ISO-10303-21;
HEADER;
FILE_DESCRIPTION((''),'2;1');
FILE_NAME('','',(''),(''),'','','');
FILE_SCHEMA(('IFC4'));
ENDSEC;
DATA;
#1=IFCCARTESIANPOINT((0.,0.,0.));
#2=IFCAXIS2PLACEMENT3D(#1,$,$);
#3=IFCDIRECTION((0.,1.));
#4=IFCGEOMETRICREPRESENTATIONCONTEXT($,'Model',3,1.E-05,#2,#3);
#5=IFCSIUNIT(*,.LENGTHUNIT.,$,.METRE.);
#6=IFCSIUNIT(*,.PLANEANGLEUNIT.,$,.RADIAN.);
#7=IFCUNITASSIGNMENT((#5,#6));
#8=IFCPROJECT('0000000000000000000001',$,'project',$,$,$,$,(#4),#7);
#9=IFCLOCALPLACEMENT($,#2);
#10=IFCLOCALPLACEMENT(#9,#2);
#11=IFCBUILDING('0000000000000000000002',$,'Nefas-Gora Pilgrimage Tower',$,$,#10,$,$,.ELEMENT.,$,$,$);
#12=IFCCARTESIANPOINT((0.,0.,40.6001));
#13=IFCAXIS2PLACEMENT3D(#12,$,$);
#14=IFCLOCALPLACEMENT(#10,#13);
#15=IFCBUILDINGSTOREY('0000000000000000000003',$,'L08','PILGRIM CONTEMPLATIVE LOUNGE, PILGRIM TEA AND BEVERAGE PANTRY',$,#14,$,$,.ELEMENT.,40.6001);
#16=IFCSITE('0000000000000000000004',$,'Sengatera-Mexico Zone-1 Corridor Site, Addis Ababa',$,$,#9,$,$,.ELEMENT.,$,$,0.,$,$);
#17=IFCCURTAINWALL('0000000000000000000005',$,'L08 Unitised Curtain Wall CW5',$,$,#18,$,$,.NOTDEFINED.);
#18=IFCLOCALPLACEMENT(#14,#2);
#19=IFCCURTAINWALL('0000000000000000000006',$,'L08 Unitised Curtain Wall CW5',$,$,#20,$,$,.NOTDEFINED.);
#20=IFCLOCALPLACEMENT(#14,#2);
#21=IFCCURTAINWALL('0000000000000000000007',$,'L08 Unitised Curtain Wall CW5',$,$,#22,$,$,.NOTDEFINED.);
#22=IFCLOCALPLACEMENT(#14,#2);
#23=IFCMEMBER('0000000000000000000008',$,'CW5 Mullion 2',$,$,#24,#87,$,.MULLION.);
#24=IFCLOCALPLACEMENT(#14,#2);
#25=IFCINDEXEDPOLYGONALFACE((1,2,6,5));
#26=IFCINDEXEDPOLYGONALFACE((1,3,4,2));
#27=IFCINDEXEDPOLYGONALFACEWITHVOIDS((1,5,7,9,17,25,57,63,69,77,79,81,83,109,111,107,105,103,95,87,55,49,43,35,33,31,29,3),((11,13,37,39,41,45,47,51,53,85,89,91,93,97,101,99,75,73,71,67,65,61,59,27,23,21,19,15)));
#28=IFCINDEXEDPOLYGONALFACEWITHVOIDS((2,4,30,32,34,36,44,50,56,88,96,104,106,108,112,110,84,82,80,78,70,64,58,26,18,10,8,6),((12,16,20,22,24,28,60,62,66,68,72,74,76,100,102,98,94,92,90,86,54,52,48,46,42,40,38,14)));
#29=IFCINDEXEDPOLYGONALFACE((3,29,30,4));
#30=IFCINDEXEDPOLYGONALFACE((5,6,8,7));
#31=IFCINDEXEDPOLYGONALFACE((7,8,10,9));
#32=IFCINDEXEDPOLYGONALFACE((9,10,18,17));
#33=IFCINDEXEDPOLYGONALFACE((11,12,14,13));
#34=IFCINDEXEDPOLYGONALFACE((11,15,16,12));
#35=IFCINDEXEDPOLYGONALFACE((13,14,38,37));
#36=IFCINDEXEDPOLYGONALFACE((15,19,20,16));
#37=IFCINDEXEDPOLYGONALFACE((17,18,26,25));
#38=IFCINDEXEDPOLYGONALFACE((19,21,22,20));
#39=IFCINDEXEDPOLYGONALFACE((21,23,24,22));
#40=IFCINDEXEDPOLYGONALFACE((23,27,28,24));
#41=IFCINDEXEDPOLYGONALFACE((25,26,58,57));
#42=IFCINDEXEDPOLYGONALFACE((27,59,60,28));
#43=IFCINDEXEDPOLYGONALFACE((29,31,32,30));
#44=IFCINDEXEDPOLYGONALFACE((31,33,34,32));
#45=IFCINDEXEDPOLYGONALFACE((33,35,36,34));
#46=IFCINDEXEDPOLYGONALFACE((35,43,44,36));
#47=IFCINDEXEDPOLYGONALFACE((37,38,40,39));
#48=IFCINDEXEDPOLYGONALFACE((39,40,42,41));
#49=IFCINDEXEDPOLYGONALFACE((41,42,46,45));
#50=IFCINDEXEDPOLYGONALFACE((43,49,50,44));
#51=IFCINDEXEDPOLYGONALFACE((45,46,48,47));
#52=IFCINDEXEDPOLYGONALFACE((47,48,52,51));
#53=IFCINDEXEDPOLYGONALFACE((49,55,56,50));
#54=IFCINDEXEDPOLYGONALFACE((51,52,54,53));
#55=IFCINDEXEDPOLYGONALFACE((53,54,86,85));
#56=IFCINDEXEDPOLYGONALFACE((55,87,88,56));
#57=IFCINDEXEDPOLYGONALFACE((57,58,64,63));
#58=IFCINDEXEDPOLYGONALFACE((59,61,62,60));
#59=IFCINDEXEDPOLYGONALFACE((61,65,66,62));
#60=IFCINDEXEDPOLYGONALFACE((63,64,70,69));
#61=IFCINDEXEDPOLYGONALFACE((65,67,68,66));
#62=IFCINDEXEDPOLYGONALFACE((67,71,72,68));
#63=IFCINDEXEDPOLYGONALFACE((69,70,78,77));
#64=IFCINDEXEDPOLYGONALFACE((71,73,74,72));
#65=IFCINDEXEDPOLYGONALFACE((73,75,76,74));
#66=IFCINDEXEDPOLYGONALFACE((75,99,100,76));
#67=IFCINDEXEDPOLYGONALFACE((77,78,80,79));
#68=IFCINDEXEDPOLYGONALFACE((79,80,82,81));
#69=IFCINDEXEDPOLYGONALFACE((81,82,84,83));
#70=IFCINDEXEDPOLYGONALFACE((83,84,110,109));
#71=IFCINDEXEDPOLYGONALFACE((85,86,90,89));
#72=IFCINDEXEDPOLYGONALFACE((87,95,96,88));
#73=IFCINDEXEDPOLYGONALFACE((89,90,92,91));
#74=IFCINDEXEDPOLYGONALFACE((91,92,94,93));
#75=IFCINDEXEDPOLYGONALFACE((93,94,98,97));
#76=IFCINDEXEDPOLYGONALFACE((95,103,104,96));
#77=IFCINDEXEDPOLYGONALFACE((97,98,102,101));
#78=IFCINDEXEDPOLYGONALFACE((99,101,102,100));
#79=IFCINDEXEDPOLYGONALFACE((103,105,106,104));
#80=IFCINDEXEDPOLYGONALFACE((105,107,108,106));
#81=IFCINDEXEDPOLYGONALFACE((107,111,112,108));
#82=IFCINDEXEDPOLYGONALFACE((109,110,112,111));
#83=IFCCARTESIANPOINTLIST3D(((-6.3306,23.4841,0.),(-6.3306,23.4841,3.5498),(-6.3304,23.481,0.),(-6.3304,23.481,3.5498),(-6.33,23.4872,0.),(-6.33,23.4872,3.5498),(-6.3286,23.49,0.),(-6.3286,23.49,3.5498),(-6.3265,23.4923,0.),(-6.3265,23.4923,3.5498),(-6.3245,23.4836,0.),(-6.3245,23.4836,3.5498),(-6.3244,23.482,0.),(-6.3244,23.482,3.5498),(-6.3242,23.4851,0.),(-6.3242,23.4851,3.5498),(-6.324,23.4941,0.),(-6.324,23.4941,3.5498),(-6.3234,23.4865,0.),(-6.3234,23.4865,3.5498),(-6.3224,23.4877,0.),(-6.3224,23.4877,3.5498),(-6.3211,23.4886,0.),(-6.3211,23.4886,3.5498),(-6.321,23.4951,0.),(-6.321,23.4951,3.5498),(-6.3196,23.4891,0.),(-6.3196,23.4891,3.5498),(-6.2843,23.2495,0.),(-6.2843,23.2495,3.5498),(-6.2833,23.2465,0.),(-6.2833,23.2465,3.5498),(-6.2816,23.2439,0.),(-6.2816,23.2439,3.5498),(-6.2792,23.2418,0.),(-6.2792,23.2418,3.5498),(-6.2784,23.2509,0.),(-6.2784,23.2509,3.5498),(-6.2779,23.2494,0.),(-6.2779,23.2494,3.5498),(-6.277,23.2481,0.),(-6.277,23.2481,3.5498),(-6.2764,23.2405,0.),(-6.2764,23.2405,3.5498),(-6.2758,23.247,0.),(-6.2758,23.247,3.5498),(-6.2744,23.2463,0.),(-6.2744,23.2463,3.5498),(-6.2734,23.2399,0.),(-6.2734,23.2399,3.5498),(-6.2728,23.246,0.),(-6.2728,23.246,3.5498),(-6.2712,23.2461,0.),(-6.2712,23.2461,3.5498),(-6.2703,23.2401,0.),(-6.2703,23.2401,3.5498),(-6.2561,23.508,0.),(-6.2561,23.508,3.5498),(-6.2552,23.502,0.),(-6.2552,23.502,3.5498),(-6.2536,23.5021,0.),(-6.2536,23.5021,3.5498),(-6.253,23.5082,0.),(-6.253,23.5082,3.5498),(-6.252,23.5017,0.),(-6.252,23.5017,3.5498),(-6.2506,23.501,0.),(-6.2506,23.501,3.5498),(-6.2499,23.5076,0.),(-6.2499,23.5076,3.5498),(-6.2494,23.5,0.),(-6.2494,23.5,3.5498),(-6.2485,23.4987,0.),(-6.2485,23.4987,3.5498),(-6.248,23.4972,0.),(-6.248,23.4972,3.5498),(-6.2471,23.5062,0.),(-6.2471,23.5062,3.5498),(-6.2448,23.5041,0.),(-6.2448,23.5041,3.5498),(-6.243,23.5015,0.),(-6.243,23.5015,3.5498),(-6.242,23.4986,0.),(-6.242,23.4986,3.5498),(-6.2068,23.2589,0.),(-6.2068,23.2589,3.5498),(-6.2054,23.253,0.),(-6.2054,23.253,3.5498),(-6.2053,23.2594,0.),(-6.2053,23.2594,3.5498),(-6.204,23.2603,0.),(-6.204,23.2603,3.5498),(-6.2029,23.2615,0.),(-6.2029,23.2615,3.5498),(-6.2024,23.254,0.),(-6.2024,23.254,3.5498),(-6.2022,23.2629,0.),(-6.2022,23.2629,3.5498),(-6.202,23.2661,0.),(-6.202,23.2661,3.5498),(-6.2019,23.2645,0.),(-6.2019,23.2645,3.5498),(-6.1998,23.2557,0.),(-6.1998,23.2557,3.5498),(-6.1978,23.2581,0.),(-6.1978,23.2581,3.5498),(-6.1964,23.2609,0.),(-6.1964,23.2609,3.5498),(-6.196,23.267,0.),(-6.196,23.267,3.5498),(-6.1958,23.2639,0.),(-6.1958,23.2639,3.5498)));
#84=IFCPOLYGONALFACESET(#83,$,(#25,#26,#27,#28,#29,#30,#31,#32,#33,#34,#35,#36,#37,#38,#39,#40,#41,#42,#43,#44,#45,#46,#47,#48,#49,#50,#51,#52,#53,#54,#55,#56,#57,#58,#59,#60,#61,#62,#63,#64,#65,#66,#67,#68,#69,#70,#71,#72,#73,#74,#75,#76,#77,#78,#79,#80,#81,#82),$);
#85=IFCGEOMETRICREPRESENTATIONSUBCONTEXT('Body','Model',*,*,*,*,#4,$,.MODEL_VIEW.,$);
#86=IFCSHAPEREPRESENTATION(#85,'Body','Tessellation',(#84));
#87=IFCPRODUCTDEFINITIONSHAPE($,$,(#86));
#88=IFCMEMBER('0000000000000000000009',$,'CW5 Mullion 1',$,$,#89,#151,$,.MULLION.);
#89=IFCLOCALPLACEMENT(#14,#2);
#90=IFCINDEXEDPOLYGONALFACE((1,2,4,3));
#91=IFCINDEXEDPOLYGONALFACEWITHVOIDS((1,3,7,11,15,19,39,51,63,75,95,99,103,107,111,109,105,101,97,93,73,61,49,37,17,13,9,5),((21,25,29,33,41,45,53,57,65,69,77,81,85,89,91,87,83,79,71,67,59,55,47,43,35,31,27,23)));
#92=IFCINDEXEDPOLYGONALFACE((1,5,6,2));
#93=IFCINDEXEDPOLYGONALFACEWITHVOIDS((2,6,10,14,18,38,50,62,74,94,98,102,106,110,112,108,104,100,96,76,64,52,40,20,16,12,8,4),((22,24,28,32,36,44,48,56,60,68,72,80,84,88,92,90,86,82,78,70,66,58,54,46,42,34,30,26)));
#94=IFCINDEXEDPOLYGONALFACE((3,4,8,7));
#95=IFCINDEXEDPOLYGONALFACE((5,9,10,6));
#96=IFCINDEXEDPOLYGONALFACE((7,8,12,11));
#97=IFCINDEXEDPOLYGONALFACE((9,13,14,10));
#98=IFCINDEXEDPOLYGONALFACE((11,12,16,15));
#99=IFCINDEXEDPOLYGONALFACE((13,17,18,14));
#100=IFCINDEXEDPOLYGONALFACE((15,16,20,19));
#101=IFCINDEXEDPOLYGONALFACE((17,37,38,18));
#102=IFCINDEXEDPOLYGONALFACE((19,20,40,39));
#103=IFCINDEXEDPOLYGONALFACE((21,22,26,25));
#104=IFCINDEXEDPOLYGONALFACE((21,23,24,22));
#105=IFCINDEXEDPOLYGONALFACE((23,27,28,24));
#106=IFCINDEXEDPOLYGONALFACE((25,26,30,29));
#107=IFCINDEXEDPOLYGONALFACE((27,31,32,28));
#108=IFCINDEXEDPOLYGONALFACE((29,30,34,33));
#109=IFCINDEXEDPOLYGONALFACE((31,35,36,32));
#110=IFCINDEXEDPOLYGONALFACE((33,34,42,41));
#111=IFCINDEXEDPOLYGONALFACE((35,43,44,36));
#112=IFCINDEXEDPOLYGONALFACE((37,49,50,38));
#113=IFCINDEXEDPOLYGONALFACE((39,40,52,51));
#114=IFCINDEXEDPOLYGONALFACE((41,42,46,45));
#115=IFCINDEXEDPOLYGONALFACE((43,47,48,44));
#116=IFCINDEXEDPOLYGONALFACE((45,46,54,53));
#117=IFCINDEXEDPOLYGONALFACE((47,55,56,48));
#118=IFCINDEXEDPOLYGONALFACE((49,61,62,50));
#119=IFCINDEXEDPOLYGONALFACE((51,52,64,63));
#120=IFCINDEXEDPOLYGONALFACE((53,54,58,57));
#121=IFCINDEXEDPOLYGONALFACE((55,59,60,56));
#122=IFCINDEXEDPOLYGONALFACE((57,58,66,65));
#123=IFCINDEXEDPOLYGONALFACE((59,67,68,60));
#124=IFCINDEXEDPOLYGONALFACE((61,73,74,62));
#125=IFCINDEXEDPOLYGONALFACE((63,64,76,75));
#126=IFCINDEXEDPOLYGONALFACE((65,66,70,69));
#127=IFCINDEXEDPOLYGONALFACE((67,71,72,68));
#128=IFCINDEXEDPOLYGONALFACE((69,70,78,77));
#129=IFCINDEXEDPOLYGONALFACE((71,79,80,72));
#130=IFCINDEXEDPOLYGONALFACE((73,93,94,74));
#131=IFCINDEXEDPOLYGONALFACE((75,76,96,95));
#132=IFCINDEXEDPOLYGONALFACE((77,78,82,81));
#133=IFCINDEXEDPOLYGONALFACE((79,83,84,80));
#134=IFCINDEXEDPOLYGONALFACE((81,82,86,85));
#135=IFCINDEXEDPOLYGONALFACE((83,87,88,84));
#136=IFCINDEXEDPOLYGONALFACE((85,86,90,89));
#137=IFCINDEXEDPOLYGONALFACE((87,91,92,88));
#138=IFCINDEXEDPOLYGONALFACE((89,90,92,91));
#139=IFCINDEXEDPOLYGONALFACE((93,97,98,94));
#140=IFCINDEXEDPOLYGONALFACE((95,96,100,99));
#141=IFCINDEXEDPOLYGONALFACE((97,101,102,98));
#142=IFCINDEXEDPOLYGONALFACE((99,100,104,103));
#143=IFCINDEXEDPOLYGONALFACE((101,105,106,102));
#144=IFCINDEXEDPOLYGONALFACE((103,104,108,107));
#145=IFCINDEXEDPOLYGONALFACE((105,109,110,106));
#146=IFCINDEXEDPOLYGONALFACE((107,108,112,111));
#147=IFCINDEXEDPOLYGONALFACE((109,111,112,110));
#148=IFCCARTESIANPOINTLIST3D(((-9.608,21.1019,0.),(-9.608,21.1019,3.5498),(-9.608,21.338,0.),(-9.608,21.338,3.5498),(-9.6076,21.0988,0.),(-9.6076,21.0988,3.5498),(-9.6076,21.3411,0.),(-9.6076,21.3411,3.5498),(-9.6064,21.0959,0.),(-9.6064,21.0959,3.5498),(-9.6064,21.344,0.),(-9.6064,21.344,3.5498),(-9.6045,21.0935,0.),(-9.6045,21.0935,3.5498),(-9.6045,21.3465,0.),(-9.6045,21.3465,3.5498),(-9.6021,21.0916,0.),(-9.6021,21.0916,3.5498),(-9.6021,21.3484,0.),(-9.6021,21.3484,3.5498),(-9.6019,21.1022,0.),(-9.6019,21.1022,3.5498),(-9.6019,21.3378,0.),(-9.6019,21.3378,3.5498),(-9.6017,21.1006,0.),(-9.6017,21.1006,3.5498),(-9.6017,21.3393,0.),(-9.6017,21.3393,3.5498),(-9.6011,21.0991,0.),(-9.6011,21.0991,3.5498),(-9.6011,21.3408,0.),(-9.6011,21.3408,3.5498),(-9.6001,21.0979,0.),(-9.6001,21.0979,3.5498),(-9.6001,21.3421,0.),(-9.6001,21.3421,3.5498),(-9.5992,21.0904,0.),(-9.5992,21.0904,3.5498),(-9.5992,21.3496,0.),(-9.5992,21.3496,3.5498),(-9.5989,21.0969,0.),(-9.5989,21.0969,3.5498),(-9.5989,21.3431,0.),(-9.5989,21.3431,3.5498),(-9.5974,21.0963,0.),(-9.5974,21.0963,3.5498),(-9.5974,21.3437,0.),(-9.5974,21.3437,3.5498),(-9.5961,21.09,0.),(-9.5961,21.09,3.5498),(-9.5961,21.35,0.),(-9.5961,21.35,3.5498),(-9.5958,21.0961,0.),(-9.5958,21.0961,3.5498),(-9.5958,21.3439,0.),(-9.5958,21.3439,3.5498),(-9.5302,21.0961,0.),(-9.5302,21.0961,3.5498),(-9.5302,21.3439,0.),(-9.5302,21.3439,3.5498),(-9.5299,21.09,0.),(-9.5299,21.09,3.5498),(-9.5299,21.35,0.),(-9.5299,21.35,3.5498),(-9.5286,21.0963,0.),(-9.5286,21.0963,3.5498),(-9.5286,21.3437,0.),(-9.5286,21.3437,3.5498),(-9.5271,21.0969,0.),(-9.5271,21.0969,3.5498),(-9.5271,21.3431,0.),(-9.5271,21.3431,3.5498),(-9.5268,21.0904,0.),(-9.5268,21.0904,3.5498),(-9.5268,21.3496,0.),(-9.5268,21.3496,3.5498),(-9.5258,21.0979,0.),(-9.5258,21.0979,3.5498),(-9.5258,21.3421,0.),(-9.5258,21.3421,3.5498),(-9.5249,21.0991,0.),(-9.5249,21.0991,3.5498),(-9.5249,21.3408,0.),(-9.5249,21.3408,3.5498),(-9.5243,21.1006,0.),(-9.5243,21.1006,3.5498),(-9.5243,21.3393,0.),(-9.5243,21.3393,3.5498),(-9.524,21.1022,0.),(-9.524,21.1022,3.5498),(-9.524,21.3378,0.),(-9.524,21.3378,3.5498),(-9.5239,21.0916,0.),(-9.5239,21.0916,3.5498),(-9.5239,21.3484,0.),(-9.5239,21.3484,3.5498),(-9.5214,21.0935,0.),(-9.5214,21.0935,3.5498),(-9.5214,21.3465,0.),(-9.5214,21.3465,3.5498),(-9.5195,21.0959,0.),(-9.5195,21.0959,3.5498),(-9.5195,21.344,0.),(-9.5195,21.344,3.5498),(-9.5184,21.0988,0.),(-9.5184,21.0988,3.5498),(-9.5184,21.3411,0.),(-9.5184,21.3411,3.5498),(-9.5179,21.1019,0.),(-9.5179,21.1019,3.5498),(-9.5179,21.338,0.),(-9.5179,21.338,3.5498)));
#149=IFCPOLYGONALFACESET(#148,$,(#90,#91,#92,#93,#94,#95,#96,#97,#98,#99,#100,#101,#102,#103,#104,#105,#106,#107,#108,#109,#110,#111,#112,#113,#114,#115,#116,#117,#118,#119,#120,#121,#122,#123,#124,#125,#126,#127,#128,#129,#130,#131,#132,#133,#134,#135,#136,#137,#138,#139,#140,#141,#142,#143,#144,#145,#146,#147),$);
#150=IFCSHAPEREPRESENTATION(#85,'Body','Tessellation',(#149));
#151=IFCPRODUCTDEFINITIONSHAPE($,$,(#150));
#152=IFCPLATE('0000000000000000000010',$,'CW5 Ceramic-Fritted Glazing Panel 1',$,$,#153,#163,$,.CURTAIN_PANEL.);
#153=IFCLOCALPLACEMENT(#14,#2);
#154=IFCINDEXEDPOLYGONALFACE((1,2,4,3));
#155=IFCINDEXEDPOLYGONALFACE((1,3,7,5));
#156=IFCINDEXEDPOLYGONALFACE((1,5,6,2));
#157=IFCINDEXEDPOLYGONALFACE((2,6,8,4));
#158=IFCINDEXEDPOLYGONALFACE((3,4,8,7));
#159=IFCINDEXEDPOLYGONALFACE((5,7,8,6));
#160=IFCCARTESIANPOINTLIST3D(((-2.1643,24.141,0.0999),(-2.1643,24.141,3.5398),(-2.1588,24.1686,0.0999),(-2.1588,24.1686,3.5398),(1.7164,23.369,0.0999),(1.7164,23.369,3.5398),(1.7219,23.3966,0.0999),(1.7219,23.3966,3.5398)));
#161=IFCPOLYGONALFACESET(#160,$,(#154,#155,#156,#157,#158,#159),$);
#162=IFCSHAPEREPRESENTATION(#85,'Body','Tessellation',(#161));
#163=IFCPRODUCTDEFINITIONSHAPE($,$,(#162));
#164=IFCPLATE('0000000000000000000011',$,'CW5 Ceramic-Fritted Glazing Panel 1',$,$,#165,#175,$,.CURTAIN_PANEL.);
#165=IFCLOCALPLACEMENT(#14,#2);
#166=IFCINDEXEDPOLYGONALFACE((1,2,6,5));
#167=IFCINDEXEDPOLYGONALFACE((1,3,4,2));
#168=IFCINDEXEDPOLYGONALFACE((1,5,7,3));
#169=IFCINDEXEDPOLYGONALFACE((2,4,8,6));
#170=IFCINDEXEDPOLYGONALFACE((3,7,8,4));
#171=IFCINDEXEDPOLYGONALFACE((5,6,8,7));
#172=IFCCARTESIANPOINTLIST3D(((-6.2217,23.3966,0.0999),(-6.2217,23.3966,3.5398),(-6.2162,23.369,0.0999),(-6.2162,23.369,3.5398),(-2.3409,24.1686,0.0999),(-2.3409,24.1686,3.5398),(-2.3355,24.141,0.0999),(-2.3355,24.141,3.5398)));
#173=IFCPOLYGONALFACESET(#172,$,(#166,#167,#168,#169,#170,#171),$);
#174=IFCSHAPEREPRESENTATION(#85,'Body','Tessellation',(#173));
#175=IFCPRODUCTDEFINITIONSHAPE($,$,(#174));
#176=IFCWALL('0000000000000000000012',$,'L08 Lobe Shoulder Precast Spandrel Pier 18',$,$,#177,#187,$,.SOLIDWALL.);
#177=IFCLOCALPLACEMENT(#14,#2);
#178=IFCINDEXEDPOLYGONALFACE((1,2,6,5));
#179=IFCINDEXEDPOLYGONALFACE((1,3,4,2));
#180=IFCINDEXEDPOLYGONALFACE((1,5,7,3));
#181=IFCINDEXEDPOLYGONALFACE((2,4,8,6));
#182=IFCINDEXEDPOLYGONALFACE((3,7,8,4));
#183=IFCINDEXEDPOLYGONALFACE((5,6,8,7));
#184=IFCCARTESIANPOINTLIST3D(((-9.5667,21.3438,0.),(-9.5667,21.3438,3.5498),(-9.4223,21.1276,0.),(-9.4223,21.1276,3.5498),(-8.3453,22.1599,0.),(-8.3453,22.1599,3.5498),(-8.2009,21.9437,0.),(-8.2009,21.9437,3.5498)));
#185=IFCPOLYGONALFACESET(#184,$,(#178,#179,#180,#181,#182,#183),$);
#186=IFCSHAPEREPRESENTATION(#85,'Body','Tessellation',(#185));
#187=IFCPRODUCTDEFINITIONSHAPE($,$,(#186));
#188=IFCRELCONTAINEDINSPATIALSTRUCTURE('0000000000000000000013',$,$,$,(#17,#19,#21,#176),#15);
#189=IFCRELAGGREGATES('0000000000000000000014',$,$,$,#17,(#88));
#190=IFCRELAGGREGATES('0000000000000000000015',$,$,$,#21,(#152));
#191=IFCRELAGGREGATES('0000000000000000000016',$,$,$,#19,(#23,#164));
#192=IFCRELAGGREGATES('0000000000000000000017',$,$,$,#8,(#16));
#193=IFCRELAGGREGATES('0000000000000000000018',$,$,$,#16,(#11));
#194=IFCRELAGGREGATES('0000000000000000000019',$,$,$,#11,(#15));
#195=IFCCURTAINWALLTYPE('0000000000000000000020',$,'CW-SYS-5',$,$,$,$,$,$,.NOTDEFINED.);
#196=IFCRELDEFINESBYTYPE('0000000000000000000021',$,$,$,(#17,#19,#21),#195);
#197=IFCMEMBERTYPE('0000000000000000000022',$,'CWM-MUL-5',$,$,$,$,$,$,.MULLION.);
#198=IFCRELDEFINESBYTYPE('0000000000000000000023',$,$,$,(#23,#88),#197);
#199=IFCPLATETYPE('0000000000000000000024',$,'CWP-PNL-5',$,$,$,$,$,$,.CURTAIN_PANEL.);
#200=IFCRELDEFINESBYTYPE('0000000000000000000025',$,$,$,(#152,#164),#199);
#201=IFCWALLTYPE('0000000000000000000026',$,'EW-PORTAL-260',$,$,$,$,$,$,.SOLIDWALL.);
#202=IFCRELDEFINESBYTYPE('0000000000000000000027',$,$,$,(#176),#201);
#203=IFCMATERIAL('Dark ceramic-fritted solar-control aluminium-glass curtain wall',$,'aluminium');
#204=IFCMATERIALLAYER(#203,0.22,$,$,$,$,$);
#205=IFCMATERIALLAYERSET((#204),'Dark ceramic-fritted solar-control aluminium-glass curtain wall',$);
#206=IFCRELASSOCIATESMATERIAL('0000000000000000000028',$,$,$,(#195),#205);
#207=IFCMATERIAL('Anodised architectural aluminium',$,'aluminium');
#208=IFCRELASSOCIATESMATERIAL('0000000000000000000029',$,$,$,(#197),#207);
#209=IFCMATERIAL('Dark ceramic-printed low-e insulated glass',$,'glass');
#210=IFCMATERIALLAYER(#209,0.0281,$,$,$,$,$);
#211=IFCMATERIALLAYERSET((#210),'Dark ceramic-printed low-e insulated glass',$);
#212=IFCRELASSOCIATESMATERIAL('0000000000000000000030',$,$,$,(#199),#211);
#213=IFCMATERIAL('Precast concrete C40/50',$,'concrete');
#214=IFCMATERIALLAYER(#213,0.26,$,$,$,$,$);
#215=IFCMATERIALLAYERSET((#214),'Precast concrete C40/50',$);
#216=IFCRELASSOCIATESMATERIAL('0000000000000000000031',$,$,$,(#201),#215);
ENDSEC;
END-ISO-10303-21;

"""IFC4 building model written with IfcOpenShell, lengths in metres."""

from ifc_helpers import new_model, si_unit, direction, frame, frame_2d, origin, origin_2d, place, context, subcontext, project, spatial, rectangle, hollow_rectangle, extrude, source, transform, mapped, material, layer, layer_set, material_profile, profile_set, type_object, element, aggregate, save


model = new_model("IFC4")

# Units and contexts
model_context = context("Model", 3, precision=1e-05, world=origin(), true_north=direction((0.0, 1.0)))
body_context = subcontext(model_context, "Body", "Model", "MODEL_VIEW")
ifc_project = project(units=[si_unit("LENGTHUNIT", "METRE"), si_unit("PLANEANGLEUNIT", "RADIAN")], contexts=[model_context])

# Site, building, storey
site_placement = place(None, origin())
site = spatial("IfcSite", under=ifc_project, at=site_placement, Name="Sengatera-Mexico Zone-1 Corridor Site, Addis Ababa", CompositionType="ELEMENT", RefElevation=0.0)
building_placement = place(site_placement, origin())
building = spatial("IfcBuilding", under=site, at=building_placement, Name="Nefas-Gora Pilgrimage Tower", CompositionType="ELEMENT")
storey_placement = place(building_placement, frame((0.0, 0.0, 40.6001)))
storey = spatial("IfcBuildingStorey", under=building, at=storey_placement, Name="L08", Description="PILGRIM CONTEMPLATIVE LOUNGE, PILGRIM TEA AND BEVERAGE PANTRY", CompositionType="ELEMENT", Elevation=40.6001)

# Curtain walls
ifc_material_1 = material(Name="Dark ceramic-fritted solar-control aluminium-glass curtain wall", Category="aluminium")
ifc_layer_1 = layer(ifc_material_1, 0.22)
ifc_layer_set_1 = layer_set([ifc_layer_1], Name="Dark ceramic-fritted solar-control aluminium-glass curtain wall")
curtain_wall_type = type_object("IfcCurtainWallType", Name="CW-SYS-5", PredefinedType="NOTDEFINED", material=ifc_layer_set_1)
curtain_wall_1_placement = place(storey_placement, origin())
curtain_wall_1 = element("IfcCurtainWall", 1, at=curtain_wall_1_placement, inside=storey, type_object=curtain_wall_type, Name="L08 Unitised Curtain Wall CW5", PredefinedType="NOTDEFINED")
ifc_material_2 = material(Name="Anodised architectural aluminium", Category="aluminium")
curtain_wall_2_placement = place(storey_placement, origin())
curtain_wall_2 = element("IfcCurtainWall", 2, at=curtain_wall_2_placement, inside=storey, type_object=curtain_wall_type, Name="L08 Unitised Curtain Wall CW5", PredefinedType="NOTDEFINED")
curtain_wall_3_placement = place(storey_placement, origin())
curtain_wall_3 = element("IfcCurtainWall", 3, at=curtain_wall_3_placement, inside=storey, type_object=curtain_wall_type, Name="L08 Unitised Curtain Wall CW5", PredefinedType="NOTDEFINED")
ifc_material_profile_1 = material_profile(ifc_material_2, hollow_rectangle(XDim=0.0901, YDim=0.26, WallThickness=0.0061, InnerFilletRadius=0.0061, OuterFilletRadius=0.012, at=origin_2d()), Name="ALU MULLION 90x260")
ifc_profile_set_1 = profile_set([ifc_material_profile_1], Name="Anodised architectural aluminium")
member_type_1 = type_object("IfcMemberType", Name="CWM-MUL-5", PredefinedType="MULLION", material=ifc_profile_set_1)
shared_shape_1 = source(origin(), body_context, "Body", "SweptSolid", [
    extrude(hollow_rectangle(XDim=0.0901, YDim=0.26, WallThickness=0.0061, InnerFilletRadius=0.0061, OuterFilletRadius=0.012, at=origin_2d()), origin(), (0.0, 0.0, 1.0), 3.5498),
])

# Members
member_1_placement = place(storey_placement, frame((-6.2632, 23.374, 0.0), z_axis=(0.0, 0.0, 1.0), x_axis=(-0.980783, -0.195102, 0.0)))
member_1 = element("IfcMember", 4, at=member_1_placement, type_object=member_type_1, Name="CW5 Mullion 2", PredefinedType="MULLION", context=body_context, shape_type="MappedRepresentation", body=[
    mapped(shared_shape_1, transform((0.0, 0.0, 0.0), x_axis=(1.0, 0.0, 0.0), y_axis=(0.0, 1.0, 0.0), z_axis=(0.0, 0.0, 1.0), scale=1.0)),
])
member_2_placement = place(storey_placement, frame((-9.563, 21.22, 0.0), z_axis=(0.0, 0.0, 1.0), x_axis=(-1.0, 0.0, 0.0)))
member_2 = element("IfcMember", 5, at=member_2_placement, type_object=member_type_1, Name="CW5 Mullion 1", PredefinedType="MULLION", context=body_context, shape_type="MappedRepresentation", body=[
    mapped(shared_shape_1, transform((0.0, 0.0, 0.0), x_axis=(1.0, 0.0, 0.0), y_axis=(0.0, 1.0, 0.0), z_axis=(0.0, 0.0, 1.0), scale=1.0)),
])
aggregate(curtain_wall_1, [member_2])

# Plates
ifc_material_3 = material(Name="Dark ceramic-printed low-e insulated glass", Category="glass")
ifc_layer_2 = layer(ifc_material_3, 0.0281)
ifc_layer_set_2 = layer_set([ifc_layer_2], Name="Dark ceramic-printed low-e insulated glass")
plate_type = type_object("IfcPlateType", Name="CWP-PNL-5", PredefinedType="CURTAIN_PANEL", material=ifc_layer_set_2)
shared_shape_2 = source(origin(), body_context, "Body", "SweptSolid", [
    extrude(rectangle(XDim=3.9568, YDim=0.0281, at=origin_2d()), origin(), (0.0, 0.0, 1.0), 3.4399),
])
plate_1_placement = place(storey_placement, frame((-0.2212, 23.7688, 0.0999), z_axis=(0.0, 0.0, 1.0), x_axis=(-0.980783, 0.195102, 0.0)))
plate_1 = element("IfcPlate", 6, at=plate_1_placement, type_object=plate_type, Name="CW5 Ceramic-Fritted Glazing Panel 1", PredefinedType="CURTAIN_PANEL", context=body_context, shape_type="MappedRepresentation", body=[
    mapped(shared_shape_2, transform((0.0, 0.0, 0.0), x_axis=(1.0, 0.0, 0.0), y_axis=(0.0, 1.0, 0.0), z_axis=(0.0, 0.0, 1.0), scale=1.0)),
])
aggregate(curtain_wall_3, [plate_1])
plate_2_placement = place(storey_placement, frame((-4.2786, 23.7688, 0.0999), z_axis=(0.0, 0.0, 1.0), x_axis=(-0.980783, -0.195102, 0.0)))
plate_2 = element("IfcPlate", 7, at=plate_2_placement, type_object=plate_type, Name="CW5 Ceramic-Fritted Glazing Panel 1", PredefinedType="CURTAIN_PANEL", context=body_context, shape_type="MappedRepresentation", body=[
    mapped(shared_shape_2, transform((0.0, 0.0, 0.0), x_axis=(1.0, 0.0, 0.0), y_axis=(0.0, 1.0, 0.0), z_axis=(0.0, 0.0, 1.0), scale=1.0)),
])
aggregate(curtain_wall_2, [member_1, plate_2])

# Wall
ifc_material_4 = material(Name="Precast concrete C40/50", Category="concrete")
ifc_layer_3 = layer(ifc_material_4, 0.26)
ifc_layer_set_3 = layer_set([ifc_layer_3], Name="Precast concrete C40/50")
wall_type_1 = type_object("IfcWallType", Name="EW-PORTAL-260", PredefinedType="SOLIDWALL", material=ifc_layer_set_3)
shared_shape_3 = source(origin(), body_context, "Body", "SweptSolid", [
    extrude(rectangle(XDim=1.469, YDim=0.26, at=frame_2d((0.7344, 0.0))), origin(), (0.0, 0.0, 1.0), 3.5498),
])
wall_1_placement = place(storey_placement, frame((-8.2732, 22.0518, 0.0), z_axis=(0.0, 0.0, 1.0), x_axis=(-0.831462, -0.555582, 0.0)))
element("IfcWall", 8, at=wall_1_placement, inside=storey, type_object=wall_type_1, Name="L08 Lobe Shoulder Precast Spandrel Pier 18", PredefinedType="SOLIDWALL", context=body_context, shape_type="MappedRepresentation", body=[
    mapped(shared_shape_3, transform((0.0, 0.0, 0.0), x_axis=(1.0, 0.0, 0.0), y_axis=(0.0, 1.0, 0.0), z_axis=(0.0, 0.0, 1.0), scale=1.0)),
])

save(model, "model.ifc")
